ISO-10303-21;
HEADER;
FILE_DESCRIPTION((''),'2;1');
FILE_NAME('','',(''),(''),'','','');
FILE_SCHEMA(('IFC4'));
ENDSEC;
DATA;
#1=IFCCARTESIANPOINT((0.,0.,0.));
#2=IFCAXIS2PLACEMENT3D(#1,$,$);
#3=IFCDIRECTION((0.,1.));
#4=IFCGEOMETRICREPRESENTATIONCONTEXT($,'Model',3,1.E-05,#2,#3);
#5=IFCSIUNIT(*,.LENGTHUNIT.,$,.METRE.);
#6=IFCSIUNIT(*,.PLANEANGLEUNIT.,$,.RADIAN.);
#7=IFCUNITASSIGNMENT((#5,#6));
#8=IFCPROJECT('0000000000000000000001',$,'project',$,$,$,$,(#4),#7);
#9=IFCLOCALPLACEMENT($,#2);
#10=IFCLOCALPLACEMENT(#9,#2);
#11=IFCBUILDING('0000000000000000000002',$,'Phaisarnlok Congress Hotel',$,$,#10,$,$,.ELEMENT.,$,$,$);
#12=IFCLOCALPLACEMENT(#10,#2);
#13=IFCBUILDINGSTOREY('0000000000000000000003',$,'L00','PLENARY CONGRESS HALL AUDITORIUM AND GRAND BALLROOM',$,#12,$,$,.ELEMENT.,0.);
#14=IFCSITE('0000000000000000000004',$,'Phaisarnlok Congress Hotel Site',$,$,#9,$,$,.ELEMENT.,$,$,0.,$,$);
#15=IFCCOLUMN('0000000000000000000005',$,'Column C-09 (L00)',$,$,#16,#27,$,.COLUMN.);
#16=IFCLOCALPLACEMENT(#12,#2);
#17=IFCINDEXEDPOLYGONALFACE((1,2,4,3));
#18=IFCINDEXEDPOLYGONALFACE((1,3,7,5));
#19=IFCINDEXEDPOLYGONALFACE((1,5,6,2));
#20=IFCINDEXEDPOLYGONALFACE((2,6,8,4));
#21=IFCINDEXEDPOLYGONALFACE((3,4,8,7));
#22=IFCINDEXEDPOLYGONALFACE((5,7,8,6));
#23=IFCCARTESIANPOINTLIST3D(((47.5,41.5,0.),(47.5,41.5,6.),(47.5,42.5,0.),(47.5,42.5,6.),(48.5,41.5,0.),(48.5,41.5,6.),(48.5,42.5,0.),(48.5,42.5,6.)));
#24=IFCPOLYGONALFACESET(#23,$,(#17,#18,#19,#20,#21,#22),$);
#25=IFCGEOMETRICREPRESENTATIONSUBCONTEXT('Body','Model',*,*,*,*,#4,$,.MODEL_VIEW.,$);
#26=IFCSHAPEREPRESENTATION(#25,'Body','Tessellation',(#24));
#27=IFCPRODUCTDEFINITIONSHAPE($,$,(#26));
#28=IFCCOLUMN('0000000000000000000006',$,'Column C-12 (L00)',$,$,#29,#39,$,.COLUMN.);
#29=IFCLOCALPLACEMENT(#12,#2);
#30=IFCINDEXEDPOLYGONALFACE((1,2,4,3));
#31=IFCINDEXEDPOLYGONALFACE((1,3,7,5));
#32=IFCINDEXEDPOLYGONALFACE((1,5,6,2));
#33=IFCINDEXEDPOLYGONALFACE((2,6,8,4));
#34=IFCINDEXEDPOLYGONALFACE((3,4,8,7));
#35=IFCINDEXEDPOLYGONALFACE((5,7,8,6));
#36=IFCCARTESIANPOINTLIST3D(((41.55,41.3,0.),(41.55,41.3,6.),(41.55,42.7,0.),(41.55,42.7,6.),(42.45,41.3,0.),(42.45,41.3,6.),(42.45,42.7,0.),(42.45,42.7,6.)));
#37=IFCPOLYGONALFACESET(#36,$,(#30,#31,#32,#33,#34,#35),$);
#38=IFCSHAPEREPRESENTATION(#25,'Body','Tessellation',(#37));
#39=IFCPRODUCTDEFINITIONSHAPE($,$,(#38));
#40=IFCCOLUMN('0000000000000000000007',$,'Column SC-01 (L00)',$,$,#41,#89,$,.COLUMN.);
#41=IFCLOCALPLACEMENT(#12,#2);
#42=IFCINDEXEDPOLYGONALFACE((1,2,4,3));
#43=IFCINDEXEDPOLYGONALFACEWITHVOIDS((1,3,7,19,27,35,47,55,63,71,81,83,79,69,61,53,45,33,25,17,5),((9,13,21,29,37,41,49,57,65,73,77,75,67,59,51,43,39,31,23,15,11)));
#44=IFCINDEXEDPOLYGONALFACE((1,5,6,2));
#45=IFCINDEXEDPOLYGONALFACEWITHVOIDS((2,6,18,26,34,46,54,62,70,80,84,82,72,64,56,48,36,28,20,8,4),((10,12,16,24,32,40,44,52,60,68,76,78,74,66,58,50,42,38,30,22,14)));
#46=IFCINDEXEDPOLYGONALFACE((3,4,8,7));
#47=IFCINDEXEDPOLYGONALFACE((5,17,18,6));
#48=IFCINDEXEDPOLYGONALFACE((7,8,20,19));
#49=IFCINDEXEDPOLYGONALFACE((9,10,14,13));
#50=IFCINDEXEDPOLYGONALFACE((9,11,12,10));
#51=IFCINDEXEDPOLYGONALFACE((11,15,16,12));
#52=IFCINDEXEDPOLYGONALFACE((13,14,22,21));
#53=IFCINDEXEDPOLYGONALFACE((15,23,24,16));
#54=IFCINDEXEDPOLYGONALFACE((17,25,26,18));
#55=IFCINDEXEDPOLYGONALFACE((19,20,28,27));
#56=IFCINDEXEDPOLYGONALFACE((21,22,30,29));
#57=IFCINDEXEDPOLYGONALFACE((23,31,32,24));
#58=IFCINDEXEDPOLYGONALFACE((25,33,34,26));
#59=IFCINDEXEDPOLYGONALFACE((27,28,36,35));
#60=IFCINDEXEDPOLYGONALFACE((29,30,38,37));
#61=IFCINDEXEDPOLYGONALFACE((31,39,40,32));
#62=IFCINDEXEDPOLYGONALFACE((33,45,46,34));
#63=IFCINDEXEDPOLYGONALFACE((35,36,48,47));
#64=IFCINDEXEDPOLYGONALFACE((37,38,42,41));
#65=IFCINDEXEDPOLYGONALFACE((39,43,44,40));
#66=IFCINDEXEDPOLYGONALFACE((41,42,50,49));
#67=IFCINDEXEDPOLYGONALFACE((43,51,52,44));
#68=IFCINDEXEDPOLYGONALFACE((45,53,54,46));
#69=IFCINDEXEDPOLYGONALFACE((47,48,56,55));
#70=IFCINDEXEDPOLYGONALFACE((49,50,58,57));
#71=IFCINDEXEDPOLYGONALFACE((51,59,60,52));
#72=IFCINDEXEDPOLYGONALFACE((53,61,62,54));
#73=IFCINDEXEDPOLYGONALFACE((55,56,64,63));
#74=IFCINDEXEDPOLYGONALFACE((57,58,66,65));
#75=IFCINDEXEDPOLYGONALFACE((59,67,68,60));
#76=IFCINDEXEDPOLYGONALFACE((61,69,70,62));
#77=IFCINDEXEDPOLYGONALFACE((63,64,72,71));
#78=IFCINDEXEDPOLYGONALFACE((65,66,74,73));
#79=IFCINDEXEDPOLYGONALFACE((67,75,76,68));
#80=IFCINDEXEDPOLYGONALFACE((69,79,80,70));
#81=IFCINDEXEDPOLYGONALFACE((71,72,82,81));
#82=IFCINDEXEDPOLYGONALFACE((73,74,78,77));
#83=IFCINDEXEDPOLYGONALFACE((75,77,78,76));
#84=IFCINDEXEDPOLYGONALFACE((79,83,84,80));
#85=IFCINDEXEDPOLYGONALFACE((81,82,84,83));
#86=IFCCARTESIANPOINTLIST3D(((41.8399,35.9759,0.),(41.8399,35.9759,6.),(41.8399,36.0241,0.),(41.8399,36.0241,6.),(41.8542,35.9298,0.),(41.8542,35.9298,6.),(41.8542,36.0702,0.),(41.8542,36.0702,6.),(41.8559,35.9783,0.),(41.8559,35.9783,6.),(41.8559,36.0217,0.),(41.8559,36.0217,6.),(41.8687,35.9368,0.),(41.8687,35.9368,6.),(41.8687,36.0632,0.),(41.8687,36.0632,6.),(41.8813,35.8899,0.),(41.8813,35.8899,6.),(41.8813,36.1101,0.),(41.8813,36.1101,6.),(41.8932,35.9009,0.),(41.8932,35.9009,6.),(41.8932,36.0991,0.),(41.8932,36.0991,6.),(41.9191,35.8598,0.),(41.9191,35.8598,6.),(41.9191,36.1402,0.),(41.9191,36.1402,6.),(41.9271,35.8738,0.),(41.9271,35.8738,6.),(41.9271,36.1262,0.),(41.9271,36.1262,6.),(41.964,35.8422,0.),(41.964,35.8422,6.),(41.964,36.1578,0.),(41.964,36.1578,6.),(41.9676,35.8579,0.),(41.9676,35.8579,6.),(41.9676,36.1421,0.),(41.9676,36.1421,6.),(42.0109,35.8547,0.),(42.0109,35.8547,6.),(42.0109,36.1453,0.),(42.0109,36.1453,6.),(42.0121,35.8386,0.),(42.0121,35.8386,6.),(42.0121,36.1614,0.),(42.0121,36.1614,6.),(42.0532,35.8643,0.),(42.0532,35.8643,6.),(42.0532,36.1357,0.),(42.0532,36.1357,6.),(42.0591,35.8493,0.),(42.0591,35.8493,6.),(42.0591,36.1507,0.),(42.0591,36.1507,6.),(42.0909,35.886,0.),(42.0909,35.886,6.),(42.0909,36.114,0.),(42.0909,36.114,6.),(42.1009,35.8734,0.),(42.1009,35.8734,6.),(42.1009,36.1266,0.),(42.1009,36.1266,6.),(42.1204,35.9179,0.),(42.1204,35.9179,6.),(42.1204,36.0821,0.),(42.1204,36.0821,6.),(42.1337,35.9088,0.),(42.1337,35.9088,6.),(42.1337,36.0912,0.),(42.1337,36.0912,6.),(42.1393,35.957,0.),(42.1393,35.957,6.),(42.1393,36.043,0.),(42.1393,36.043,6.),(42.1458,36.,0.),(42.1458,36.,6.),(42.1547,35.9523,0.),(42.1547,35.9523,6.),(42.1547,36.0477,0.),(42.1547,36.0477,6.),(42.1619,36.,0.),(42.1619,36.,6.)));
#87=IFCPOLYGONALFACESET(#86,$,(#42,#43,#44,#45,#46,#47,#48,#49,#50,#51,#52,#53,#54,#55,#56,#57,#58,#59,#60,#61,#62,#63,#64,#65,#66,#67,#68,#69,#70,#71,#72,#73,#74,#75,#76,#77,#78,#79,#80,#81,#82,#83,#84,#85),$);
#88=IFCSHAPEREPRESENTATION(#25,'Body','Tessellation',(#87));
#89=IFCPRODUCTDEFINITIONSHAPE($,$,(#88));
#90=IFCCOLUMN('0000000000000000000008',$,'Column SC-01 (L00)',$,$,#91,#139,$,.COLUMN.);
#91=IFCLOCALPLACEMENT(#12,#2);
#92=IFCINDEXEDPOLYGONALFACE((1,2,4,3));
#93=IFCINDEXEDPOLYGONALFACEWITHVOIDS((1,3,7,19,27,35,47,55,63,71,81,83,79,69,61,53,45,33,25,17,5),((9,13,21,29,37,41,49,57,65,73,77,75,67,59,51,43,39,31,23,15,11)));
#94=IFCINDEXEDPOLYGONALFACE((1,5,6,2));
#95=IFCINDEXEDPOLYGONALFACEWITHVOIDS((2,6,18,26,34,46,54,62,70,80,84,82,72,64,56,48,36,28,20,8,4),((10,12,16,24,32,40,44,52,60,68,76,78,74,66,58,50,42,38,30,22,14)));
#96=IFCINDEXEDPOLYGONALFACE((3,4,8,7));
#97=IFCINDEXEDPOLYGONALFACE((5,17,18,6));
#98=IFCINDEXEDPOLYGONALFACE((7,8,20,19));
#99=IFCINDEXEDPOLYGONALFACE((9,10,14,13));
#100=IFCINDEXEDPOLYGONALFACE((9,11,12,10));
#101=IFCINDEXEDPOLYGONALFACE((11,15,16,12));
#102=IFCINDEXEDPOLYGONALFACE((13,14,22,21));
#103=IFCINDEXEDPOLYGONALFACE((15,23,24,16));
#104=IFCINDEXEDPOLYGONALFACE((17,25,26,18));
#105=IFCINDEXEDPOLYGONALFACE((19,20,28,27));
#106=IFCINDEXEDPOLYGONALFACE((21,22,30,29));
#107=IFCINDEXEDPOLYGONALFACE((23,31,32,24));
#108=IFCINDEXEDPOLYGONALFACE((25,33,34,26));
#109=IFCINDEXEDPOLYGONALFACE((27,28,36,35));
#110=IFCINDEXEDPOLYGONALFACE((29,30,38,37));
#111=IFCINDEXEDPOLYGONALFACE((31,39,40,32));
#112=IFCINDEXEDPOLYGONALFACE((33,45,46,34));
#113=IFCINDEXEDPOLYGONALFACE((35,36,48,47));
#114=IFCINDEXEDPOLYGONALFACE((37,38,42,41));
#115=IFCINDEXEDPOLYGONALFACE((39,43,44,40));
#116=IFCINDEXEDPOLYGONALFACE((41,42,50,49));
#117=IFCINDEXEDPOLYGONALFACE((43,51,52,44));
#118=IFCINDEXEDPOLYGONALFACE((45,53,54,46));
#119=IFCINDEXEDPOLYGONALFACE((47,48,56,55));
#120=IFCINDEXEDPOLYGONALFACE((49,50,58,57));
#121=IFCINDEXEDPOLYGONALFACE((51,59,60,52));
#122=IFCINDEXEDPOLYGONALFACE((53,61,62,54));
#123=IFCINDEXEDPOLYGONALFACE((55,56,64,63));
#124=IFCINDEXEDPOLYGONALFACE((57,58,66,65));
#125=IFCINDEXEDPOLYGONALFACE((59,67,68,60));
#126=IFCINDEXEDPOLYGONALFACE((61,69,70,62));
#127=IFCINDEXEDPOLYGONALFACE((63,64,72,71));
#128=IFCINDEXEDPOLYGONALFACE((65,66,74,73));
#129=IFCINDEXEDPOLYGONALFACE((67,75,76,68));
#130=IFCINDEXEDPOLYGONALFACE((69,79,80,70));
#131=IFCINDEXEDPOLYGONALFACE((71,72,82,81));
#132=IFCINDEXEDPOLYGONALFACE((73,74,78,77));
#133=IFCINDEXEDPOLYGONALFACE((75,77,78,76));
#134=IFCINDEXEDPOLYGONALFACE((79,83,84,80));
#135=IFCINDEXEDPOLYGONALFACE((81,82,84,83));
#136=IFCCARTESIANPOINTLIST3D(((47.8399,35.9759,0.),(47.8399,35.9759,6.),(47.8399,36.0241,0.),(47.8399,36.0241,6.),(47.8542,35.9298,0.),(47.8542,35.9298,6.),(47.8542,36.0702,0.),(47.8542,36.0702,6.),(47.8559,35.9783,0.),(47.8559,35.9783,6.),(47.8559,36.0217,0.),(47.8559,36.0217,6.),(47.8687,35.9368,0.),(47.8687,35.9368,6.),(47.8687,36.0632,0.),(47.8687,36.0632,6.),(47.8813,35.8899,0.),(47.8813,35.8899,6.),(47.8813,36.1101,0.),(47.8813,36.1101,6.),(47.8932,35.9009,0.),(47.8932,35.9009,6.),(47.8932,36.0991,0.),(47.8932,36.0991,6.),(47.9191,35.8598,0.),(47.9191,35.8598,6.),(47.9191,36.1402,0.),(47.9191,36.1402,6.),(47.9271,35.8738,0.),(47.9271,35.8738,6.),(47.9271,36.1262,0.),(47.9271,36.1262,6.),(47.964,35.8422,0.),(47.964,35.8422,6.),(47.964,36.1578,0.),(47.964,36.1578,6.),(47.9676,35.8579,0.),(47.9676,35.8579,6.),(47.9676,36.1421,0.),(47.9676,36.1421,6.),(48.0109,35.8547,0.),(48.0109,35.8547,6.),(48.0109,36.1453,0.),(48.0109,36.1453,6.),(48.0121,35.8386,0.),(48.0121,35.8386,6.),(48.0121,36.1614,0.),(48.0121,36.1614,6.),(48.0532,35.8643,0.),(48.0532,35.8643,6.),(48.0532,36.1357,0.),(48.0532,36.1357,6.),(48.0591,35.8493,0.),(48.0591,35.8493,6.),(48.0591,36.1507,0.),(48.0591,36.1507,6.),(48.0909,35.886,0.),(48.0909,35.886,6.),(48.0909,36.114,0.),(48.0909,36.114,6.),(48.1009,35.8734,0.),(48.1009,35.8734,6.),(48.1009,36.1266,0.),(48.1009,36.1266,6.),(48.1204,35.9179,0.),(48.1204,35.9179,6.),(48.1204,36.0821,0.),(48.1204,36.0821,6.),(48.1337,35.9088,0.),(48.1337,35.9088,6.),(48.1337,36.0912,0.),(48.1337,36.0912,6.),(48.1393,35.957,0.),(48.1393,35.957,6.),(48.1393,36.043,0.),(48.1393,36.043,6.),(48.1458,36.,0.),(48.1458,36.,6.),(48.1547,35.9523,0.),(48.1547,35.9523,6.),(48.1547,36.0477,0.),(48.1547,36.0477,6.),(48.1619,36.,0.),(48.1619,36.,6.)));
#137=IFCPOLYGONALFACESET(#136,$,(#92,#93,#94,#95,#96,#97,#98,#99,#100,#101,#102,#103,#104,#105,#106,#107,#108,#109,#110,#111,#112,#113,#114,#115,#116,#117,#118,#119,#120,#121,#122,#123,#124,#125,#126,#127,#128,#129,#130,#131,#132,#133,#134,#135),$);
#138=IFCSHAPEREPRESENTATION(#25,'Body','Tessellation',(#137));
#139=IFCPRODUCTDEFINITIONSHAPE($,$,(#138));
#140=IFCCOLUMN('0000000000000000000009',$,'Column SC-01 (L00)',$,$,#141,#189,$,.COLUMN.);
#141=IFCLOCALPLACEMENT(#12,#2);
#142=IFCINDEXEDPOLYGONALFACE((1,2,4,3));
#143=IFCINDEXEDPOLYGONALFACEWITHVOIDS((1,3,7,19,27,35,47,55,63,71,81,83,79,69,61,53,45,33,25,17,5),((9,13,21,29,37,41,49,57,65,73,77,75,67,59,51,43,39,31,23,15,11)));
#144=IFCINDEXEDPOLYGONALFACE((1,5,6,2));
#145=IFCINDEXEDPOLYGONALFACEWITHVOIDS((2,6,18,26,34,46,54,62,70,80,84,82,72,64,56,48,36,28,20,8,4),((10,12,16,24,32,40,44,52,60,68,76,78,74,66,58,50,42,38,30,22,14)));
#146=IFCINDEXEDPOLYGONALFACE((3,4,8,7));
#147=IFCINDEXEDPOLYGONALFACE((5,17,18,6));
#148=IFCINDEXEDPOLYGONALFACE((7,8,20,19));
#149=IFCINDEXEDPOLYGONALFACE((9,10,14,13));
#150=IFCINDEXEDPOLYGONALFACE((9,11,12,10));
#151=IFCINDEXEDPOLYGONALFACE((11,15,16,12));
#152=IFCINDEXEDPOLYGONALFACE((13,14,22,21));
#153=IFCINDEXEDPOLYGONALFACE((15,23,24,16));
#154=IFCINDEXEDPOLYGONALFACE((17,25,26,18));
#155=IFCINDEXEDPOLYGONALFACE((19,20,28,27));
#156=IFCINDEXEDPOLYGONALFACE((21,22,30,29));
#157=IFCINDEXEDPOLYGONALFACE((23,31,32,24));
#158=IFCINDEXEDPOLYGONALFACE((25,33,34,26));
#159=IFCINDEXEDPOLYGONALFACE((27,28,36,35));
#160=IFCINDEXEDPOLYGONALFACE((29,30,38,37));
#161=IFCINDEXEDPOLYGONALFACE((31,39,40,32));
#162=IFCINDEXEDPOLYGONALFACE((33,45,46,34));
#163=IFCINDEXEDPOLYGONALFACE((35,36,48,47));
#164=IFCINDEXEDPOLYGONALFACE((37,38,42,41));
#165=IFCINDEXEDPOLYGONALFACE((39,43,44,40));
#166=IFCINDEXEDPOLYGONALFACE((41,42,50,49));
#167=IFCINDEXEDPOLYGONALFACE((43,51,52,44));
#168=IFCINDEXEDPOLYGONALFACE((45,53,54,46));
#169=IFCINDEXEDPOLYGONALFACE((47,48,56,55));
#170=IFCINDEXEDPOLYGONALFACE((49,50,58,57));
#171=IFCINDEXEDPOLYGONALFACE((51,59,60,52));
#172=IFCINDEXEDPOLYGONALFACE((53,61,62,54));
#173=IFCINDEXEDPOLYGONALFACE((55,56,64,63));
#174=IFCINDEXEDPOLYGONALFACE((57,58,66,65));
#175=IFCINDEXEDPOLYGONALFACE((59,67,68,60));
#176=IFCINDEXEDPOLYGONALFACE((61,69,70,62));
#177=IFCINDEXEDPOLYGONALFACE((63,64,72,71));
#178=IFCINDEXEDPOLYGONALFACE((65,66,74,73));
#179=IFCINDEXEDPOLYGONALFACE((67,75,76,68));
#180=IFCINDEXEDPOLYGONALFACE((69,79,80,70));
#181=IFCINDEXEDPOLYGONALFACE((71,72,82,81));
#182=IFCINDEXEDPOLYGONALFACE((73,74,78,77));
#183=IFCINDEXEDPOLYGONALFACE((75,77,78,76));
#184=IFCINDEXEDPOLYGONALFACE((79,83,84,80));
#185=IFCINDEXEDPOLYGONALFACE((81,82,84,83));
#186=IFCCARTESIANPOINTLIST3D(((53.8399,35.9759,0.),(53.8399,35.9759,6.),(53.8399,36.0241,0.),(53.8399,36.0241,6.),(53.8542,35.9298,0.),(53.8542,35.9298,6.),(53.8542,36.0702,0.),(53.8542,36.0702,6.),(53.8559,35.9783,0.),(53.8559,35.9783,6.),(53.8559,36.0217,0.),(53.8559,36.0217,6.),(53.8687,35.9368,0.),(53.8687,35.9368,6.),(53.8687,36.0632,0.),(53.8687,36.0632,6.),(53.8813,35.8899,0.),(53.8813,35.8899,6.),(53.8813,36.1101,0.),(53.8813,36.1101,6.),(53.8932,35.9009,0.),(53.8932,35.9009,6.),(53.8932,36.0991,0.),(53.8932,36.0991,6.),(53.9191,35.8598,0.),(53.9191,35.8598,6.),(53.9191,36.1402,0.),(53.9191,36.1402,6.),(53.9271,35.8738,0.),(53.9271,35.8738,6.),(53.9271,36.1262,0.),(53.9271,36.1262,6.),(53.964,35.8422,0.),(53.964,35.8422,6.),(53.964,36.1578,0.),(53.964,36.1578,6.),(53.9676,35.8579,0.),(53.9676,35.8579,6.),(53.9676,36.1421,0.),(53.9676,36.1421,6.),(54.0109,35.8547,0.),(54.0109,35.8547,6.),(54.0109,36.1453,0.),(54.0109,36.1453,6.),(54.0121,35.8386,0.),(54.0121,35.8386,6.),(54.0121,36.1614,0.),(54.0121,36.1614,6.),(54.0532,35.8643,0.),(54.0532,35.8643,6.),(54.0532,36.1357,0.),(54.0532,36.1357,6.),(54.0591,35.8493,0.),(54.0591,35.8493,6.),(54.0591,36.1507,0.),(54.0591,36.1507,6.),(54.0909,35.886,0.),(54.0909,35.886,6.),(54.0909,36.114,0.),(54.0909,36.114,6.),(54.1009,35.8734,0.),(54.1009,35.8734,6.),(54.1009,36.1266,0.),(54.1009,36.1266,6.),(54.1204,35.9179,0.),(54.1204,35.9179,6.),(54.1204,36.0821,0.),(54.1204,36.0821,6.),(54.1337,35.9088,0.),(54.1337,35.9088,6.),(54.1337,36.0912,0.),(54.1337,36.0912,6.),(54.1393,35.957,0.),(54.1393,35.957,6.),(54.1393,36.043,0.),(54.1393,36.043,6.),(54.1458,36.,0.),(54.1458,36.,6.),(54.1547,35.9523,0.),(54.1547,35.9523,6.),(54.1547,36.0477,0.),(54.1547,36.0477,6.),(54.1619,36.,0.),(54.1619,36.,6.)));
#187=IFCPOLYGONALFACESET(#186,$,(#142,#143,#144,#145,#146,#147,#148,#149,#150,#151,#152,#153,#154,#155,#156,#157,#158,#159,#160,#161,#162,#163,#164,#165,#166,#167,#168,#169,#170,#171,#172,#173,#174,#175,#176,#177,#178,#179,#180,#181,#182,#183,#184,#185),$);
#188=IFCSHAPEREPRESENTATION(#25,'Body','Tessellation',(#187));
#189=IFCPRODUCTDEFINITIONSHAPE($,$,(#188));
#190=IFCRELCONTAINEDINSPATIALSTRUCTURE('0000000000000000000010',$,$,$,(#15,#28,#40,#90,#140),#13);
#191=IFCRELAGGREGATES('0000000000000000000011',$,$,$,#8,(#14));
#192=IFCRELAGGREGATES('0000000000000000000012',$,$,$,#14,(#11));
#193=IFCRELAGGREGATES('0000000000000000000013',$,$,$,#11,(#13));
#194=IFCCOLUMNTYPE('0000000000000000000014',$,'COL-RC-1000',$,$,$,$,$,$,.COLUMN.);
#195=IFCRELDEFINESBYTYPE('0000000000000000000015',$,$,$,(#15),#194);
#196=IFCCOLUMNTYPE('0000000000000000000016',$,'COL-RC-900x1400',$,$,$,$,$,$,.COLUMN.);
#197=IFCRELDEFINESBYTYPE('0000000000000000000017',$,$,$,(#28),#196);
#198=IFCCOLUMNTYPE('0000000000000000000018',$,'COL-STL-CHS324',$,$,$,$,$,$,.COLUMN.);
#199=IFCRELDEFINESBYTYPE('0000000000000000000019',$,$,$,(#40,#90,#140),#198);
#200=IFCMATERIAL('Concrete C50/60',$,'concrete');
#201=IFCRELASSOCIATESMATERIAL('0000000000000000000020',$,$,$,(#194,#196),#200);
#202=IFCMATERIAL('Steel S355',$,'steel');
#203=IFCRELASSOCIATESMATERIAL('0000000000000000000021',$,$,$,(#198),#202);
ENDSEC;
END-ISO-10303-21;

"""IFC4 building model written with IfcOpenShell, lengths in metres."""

from ifc_helpers import new_model, si_unit, direction, frame, origin, origin_2d, place, context, subcontext, project, spatial, rectangle, hollow_circle, extrude, material, material_profile, profile_set, type_object, element, save


model = new_model("IFC4")

# Units and contexts
model_context = context("Model", 3, precision=1e-05, world=origin(), true_north=direction((0.0, 1.0)))
body_context = subcontext(model_context, "Body", "Model", "MODEL_VIEW")
ifc_project = project(units=[si_unit("LENGTHUNIT", "METRE"), si_unit("PLANEANGLEUNIT", "RADIAN")], contexts=[model_context])

# Site, building, storey
site_placement = place(None, origin())
site = spatial("IfcSite", under=ifc_project, at=site_placement, Name="Phaisarnlok Congress Hotel Site", CompositionType="ELEMENT", RefElevation=0.0)
building_placement = place(site_placement, origin())
building = spatial("IfcBuilding", under=site, at=building_placement, Name="Phaisarnlok Congress Hotel", CompositionType="ELEMENT")
storey_placement = place(building_placement, origin())
storey = spatial("IfcBuildingStorey", under=building, at=storey_placement, Name="L00", Description="PLENARY CONGRESS HALL AUDITORIUM AND GRAND BALLROOM", CompositionType="ELEMENT", Elevation=0.0)

# Columns
ifc_material_1 = material(Name="Concrete C50/60", Category="concrete")
ifc_material_profile_1 = material_profile(ifc_material_1, rectangle(XDim=1.0, YDim=1.0, at=origin_2d()), Name="RC 1000x1000")
ifc_profile_set_1 = profile_set([ifc_material_profile_1], Name="Concrete C50/60")
column_type_1 = type_object("IfcColumnType", Name="COL-RC-1000", PredefinedType="COLUMN", material=ifc_profile_set_1)
column_1_placement = place(storey_placement, frame((48.0, 42.0, 0.0), z_axis=(0.0, 0.0, 1.0), x_axis=(1.0, 0.0, 0.0)))
element("IfcColumn", 1, at=column_1_placement, inside=storey, type_object=column_type_1, Name="Column C-09 (L00)", PredefinedType="COLUMN", context=body_context, shape_type="SweptSolid", body=[
    extrude(rectangle(XDim=1.0, YDim=1.0, at=origin_2d()), origin(), (0.0, 0.0, 1.0), 6.0),
])
ifc_material_profile_2 = material_profile(ifc_material_1, rectangle(XDim=0.8999, YDim=1.3999, at=origin_2d()), Name="RC 900x1400")
ifc_profile_set_2 = profile_set([ifc_material_profile_2], Name="Concrete C50/60")
column_type_2 = type_object("IfcColumnType", Name="COL-RC-900x1400", PredefinedType="COLUMN", material=ifc_profile_set_2)
column_2_placement = place(storey_placement, frame((42.0, 42.0, 0.0), z_axis=(0.0, 0.0, 1.0), x_axis=(1.0, 0.0, 0.0)))
element("IfcColumn", 2, at=column_2_placement, inside=storey, type_object=column_type_2, Name="Column C-12 (L00)", PredefinedType="COLUMN", context=body_context, shape_type="SweptSolid", body=[
    extrude(rectangle(XDim=0.8999, YDim=1.3999, at=origin_2d()), origin(), (0.0, 0.0, 1.0), 6.0),
])
ifc_material_2 = material(Name="Steel S355", Category="steel")
ifc_material_profile_3 = material_profile(ifc_material_2, hollow_circle(Radius=0.1619, WallThickness=0.0161, at=origin_2d()), Name="CHS 323.9x16")
ifc_profile_set_3 = profile_set([ifc_material_profile_3], Name="Steel S355")
column_type_3 = type_object("IfcColumnType", Name="COL-STL-CHS324", PredefinedType="COLUMN", material=ifc_profile_set_3)
for number, where, z_axis, x_axis, name in (
    (3, (42.0, 36.0, 0.0), (0.0, 0.0, 1.0), (1.0, 0.0, 0.0), "Column SC-01 (L00)"),
    (4, (48.0, 36.0, 0.0), (0.0, 0.0, 1.0), (1.0, 0.0, 0.0), "Column SC-01 (L00)"),
    (5, (54.0, 36.0, 0.0), (0.0, 0.0, 1.0), (1.0, 0.0, 0.0), "Column SC-01 (L00)"),
):
    element("IfcColumn", number, at=place(storey_placement, frame(where, z_axis=z_axis, x_axis=x_axis)), inside=storey, type_object=column_type_3, Name=name, PredefinedType="COLUMN", context=body_context, shape_type="SweptSolid", body=[
        extrude(hollow_circle(Radius=0.1619, WallThickness=0.0161, at=origin_2d()), origin(), (0.0, 0.0, 1.0), 6.0),
    ])

save(model, "model.ifc")
